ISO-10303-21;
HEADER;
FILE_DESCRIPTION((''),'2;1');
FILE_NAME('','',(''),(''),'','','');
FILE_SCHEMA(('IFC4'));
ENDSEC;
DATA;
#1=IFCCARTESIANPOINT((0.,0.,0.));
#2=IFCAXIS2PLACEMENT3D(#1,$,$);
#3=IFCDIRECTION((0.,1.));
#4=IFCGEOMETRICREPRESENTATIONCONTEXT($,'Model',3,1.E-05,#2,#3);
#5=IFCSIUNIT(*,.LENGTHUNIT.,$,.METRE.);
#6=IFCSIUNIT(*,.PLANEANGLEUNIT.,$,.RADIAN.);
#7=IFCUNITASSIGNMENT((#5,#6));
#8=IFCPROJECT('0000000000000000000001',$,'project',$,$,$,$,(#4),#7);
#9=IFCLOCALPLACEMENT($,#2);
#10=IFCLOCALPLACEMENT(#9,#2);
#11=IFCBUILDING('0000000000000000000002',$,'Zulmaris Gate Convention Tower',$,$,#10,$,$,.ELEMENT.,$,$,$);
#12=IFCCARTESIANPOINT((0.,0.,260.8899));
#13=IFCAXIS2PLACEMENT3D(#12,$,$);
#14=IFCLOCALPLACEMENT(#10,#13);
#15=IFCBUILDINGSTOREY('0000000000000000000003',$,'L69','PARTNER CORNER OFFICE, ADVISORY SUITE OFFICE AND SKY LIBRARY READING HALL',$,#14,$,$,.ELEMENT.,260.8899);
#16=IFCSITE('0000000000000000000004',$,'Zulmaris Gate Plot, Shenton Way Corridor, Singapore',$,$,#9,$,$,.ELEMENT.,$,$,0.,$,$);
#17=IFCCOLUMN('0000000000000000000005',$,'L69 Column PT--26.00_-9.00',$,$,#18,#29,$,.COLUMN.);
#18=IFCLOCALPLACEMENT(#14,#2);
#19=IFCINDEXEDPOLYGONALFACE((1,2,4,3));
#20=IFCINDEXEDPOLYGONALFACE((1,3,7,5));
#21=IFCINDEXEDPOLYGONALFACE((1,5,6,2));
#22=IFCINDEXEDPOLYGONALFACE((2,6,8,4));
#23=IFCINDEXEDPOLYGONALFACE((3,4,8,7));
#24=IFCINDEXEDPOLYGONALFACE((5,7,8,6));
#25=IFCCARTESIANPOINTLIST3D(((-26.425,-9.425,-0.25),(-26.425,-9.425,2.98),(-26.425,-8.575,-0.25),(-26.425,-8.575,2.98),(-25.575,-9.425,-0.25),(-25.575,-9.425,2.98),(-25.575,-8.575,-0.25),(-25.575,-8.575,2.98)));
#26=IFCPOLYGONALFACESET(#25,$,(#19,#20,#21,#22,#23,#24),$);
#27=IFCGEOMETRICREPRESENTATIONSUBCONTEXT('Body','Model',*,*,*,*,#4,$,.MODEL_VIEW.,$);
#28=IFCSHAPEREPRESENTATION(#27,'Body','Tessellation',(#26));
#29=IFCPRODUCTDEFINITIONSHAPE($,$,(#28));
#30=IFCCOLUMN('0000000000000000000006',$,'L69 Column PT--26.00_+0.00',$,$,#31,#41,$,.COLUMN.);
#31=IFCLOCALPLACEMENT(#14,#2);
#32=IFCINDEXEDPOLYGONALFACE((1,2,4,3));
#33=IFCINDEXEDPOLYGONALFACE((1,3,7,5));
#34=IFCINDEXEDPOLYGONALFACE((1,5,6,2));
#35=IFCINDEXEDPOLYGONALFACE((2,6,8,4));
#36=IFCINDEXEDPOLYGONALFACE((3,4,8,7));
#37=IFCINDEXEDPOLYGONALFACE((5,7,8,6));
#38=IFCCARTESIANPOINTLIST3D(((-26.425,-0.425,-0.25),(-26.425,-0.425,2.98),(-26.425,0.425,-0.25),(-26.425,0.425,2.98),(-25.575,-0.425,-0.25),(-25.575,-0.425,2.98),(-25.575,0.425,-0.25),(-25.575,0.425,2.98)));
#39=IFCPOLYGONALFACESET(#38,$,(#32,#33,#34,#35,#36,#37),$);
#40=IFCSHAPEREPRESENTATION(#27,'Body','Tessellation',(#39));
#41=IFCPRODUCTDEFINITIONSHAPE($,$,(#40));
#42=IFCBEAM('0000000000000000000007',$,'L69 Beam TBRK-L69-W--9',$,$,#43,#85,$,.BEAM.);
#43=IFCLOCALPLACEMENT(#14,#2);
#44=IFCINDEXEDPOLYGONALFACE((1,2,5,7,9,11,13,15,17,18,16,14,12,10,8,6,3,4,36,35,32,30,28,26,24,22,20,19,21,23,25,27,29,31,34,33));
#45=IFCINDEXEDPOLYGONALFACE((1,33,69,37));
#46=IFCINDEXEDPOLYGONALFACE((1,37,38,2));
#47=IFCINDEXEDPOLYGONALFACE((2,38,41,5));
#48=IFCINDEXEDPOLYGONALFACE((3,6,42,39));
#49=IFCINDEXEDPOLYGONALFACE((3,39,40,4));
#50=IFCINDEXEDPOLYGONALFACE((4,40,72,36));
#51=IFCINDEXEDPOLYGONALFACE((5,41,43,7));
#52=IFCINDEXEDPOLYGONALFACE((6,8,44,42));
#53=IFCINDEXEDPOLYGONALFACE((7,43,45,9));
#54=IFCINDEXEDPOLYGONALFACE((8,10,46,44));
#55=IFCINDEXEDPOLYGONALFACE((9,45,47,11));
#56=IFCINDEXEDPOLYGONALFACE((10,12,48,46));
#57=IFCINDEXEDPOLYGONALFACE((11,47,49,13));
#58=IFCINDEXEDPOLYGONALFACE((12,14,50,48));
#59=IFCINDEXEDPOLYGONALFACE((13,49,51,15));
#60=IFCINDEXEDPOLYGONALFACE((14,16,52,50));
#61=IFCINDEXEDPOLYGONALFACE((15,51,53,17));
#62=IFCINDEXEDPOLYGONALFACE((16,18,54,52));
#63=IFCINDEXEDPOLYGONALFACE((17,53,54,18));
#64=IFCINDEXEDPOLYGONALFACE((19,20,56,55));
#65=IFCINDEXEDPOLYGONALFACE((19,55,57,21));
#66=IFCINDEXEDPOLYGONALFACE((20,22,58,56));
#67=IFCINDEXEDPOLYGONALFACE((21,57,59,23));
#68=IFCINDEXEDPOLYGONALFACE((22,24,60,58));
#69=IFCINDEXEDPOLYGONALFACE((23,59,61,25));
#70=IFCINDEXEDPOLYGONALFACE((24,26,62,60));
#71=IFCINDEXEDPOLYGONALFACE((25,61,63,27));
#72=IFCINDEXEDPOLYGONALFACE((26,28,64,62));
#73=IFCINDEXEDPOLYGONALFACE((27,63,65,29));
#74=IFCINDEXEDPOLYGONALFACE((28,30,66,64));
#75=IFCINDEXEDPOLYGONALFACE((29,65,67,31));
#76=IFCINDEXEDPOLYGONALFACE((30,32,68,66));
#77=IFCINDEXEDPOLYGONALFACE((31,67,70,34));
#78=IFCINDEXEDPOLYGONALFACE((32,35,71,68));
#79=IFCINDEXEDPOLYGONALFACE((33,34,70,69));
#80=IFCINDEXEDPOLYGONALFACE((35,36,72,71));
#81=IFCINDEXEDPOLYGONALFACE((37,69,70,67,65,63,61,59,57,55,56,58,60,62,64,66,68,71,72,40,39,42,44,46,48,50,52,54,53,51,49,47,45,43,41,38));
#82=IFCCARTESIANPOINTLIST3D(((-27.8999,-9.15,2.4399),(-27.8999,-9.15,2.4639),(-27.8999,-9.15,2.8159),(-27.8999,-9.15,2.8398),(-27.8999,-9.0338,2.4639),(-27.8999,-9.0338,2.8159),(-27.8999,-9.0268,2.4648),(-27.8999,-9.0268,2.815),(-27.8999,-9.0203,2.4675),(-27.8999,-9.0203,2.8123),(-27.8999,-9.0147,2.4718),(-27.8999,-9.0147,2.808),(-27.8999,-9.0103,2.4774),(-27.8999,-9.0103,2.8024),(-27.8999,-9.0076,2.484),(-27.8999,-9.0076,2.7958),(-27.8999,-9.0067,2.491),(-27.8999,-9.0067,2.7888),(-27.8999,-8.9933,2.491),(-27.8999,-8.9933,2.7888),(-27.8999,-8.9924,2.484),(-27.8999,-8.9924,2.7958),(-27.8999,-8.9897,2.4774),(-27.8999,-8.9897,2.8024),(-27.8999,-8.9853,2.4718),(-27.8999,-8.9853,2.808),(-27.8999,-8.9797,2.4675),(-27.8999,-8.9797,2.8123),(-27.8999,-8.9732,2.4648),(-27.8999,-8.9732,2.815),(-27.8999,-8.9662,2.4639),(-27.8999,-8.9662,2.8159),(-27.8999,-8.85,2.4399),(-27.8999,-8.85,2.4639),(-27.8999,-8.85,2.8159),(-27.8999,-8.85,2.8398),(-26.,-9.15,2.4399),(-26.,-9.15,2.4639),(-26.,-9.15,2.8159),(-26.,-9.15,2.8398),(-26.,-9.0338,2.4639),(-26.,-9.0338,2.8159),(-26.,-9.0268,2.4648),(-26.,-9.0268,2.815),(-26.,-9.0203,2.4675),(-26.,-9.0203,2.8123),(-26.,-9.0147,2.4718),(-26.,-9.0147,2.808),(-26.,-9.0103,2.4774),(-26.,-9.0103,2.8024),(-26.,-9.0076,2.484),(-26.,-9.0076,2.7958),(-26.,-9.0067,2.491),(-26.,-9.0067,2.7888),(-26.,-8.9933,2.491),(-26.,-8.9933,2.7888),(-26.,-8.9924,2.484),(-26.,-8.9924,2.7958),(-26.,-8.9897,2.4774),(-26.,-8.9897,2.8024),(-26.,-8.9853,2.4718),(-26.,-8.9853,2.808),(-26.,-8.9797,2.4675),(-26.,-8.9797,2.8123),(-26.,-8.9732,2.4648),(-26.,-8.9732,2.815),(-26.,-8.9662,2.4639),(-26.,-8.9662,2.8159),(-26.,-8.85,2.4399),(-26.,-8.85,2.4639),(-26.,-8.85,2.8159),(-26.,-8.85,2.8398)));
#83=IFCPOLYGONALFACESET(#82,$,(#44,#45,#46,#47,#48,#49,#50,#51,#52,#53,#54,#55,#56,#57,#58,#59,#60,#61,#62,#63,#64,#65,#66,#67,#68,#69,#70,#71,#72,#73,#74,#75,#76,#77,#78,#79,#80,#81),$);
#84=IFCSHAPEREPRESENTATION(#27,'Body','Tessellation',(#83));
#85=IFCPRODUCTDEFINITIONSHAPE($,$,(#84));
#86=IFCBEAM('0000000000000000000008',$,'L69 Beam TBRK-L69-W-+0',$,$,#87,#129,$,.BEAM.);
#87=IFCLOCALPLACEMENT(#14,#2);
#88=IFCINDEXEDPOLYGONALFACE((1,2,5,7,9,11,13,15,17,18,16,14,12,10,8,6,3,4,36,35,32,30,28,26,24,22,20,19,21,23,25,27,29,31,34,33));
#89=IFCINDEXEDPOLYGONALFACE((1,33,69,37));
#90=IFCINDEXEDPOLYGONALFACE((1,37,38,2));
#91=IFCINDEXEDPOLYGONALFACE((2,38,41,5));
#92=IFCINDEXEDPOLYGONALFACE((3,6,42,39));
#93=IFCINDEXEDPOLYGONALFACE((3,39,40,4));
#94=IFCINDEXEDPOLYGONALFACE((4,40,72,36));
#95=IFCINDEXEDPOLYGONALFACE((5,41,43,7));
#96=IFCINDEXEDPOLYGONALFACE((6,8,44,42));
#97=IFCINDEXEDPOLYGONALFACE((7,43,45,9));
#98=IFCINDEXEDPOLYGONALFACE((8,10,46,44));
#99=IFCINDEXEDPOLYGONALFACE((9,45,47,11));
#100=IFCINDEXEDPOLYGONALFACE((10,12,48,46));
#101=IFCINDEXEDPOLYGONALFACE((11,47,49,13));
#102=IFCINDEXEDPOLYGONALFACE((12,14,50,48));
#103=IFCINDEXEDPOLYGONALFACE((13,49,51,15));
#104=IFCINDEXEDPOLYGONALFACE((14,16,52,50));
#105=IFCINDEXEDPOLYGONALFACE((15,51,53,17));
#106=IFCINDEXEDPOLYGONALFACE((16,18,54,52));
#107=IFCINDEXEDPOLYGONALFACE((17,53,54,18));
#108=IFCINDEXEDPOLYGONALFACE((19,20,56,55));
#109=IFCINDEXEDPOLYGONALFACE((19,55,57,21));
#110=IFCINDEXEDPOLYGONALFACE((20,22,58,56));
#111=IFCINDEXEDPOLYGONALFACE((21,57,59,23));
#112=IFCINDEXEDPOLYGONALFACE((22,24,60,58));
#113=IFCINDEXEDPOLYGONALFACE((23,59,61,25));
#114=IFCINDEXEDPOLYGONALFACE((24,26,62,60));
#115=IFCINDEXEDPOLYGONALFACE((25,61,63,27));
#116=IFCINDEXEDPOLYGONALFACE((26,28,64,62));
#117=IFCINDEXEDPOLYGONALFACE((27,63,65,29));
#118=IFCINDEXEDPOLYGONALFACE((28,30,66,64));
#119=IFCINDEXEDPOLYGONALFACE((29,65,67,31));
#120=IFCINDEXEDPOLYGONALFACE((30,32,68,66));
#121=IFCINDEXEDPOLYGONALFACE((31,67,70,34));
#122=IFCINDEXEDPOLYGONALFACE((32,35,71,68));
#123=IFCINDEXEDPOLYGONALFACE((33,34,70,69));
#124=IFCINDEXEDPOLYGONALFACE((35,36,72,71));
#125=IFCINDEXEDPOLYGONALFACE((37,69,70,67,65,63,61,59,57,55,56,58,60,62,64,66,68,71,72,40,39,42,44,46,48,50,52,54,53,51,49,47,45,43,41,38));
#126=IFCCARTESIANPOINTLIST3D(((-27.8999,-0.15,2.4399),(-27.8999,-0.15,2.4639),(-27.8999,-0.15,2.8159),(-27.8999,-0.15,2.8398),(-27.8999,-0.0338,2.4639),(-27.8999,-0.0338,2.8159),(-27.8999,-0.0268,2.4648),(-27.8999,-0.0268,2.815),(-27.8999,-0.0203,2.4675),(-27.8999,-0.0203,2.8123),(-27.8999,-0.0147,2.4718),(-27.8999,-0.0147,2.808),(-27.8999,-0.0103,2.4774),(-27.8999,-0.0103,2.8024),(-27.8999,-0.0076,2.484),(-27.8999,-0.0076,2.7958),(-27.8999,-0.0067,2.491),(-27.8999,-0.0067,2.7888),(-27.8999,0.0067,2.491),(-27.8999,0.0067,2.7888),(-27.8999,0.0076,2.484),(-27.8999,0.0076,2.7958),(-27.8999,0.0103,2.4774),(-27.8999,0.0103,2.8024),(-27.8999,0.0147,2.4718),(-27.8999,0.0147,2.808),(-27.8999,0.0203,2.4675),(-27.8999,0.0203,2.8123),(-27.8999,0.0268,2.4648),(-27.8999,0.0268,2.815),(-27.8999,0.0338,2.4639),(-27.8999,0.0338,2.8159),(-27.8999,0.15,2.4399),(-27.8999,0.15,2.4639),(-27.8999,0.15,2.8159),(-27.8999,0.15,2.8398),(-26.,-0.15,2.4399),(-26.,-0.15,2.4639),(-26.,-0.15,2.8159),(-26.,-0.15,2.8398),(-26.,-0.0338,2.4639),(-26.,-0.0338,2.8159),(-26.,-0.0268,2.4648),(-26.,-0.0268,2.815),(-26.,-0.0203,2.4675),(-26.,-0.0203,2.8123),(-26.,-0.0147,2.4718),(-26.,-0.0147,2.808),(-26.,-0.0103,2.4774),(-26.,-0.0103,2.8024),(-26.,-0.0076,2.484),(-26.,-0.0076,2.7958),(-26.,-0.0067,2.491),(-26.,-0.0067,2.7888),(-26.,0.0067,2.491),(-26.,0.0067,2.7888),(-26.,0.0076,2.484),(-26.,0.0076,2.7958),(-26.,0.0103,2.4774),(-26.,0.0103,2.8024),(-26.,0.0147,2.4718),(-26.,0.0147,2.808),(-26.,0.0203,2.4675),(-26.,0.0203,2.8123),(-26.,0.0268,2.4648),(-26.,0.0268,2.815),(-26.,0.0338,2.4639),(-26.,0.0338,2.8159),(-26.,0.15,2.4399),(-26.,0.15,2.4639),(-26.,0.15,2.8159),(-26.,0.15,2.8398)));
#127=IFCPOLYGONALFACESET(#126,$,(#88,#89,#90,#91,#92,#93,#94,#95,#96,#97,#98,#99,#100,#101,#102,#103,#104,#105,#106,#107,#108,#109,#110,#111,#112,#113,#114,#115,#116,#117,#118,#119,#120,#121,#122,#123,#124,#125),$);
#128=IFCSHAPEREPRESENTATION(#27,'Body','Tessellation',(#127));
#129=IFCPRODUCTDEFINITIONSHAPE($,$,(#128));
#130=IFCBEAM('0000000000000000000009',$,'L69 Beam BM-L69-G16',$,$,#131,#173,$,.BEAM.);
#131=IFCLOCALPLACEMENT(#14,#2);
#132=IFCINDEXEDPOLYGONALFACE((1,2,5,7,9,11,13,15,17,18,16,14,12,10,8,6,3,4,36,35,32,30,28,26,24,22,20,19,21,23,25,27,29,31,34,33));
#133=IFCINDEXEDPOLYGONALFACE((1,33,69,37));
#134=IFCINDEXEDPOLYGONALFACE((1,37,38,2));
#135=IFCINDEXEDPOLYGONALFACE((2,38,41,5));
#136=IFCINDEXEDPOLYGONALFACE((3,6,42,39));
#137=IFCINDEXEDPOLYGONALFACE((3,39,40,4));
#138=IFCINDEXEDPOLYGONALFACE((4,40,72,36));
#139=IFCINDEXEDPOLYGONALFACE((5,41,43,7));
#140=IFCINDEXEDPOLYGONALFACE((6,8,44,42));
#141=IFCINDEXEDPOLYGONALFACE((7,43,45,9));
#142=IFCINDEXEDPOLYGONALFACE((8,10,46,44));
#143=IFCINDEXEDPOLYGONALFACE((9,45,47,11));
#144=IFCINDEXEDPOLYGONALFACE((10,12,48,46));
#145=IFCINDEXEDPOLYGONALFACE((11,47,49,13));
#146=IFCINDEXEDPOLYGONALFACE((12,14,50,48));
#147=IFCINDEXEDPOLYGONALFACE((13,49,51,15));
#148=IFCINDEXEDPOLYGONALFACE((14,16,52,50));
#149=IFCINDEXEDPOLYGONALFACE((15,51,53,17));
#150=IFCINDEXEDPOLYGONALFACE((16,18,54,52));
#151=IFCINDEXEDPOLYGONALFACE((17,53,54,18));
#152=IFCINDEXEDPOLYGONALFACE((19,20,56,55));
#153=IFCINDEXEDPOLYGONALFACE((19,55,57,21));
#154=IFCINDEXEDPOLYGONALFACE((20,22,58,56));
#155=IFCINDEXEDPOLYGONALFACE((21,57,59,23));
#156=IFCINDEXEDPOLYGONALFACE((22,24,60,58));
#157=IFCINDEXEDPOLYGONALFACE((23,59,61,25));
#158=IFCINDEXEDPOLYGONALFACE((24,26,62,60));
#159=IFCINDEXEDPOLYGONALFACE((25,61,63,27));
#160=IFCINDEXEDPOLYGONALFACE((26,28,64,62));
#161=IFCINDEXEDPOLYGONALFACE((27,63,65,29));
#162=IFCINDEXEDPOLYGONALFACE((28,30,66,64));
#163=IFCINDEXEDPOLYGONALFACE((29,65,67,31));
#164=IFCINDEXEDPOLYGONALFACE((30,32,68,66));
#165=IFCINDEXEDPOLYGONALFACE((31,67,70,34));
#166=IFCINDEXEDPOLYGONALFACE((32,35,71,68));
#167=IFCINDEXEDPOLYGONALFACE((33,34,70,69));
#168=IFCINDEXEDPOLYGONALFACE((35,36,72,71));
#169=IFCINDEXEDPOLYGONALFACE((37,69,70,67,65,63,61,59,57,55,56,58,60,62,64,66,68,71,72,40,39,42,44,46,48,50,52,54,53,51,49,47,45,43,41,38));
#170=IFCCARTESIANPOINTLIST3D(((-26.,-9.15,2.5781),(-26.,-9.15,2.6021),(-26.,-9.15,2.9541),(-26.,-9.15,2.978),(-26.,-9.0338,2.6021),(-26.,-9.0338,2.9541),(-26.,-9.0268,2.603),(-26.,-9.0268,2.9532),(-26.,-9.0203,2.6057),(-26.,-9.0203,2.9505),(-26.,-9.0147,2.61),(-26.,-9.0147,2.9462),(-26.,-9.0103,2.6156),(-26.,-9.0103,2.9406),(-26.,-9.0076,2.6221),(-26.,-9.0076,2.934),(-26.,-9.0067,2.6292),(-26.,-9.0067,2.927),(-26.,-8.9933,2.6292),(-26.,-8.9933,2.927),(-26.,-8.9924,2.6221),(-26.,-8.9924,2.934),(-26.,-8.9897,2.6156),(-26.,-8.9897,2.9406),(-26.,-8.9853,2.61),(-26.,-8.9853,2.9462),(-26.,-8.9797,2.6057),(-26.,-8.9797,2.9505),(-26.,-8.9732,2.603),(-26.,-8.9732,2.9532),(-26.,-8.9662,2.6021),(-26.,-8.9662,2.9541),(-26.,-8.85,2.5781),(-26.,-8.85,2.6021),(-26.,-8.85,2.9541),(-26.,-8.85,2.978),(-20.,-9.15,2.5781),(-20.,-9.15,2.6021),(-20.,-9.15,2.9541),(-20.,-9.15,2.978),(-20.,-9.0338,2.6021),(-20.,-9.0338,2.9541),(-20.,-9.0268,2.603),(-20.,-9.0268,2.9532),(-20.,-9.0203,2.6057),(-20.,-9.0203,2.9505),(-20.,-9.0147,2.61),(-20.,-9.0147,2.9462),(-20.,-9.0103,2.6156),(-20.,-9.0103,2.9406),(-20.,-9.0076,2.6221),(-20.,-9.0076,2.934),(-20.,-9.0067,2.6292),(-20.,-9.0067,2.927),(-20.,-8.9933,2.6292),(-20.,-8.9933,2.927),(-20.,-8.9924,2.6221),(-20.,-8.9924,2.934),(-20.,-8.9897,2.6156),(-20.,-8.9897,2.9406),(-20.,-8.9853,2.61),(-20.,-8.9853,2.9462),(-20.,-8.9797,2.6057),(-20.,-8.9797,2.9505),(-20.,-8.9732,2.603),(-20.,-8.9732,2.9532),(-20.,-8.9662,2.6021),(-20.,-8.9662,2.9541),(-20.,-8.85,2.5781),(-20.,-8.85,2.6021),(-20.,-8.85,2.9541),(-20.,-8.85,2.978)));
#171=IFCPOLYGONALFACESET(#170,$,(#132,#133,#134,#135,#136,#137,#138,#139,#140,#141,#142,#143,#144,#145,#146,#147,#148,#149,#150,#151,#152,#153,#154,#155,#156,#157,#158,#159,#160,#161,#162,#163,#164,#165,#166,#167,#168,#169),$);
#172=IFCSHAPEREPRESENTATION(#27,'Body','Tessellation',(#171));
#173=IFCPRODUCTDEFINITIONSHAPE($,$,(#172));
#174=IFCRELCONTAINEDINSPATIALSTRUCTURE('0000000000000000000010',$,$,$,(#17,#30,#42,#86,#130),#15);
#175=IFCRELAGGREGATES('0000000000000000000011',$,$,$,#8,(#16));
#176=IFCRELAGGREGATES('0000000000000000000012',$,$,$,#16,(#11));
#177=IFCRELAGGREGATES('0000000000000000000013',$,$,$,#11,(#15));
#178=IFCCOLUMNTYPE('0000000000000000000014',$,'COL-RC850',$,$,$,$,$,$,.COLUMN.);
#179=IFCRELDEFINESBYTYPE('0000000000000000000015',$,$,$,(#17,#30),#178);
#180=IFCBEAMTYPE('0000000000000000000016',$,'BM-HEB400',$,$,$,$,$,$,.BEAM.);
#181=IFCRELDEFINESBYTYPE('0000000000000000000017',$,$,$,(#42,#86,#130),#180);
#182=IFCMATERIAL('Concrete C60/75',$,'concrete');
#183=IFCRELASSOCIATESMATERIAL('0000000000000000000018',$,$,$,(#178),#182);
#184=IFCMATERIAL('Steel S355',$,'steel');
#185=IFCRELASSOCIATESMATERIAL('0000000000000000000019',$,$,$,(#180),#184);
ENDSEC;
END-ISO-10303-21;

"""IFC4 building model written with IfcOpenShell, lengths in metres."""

from ifc_helpers import new_model, si_unit, direction, frame, origin, origin_2d, place, context, subcontext, project, spatial, rectangle, i_section, extrude, material, material_profile, profile_set, type_object, element, save


model = new_model("IFC4")

# Units and contexts
model_context = context("Model", 3, precision=1e-05, world=origin(), true_north=direction((0.0, 1.0)))
body_context = subcontext(model_context, "Body", "Model", "MODEL_VIEW")
ifc_project = project(units=[si_unit("LENGTHUNIT", "METRE"), si_unit("PLANEANGLEUNIT", "RADIAN")], contexts=[model_context])

# Site, building, storey
site_placement = place(None, origin())
site = spatial("IfcSite", under=ifc_project, at=site_placement, Name="Zulmaris Gate Plot, Shenton Way Corridor, Singapore", CompositionType="ELEMENT", RefElevation=0.0)
building_placement = place(site_placement, origin())
building = spatial("IfcBuilding", under=site, at=building_placement, Name="Zulmaris Gate Convention Tower", CompositionType="ELEMENT")
storey_placement = place(building_placement, frame((0.0, 0.0, 260.8899)))
storey = spatial("IfcBuildingStorey", under=building, at=storey_placement, Name="L69", Description="PARTNER CORNER OFFICE, ADVISORY SUITE OFFICE AND SKY LIBRARY READING HALL", CompositionType="ELEMENT", Elevation=260.8899)

# Columns
ifc_material_1 = material(Name="Concrete C60/75", Category="concrete")
ifc_material_profile_1 = material_profile(ifc_material_1, rectangle(XDim=0.8501, YDim=0.8501, at=origin_2d()), Name="RC COL 850x850")
ifc_profile_set_1 = profile_set([ifc_material_profile_1], Name="Concrete C60/75")
column_type = type_object("IfcColumnType", Name="COL-RC850", PredefinedType="COLUMN", material=ifc_profile_set_1)
for number, where, z_axis, x_axis, name in (
    (1, (-26.0, -9.0, -0.25), (0.0, 0.0, 1.0), (1.0, 0.0, 0.0), "L69 Column PT--26.00_-9.00"),
    (2, (-26.0, 0.0, -0.25), (0.0, 0.0, 1.0), (1.0, 0.0, 0.0), "L69 Column PT--26.00_+0.00"),
):
    element("IfcColumn", number, at=place(storey_placement, frame(where, z_axis=z_axis, x_axis=x_axis)), inside=storey, type_object=column_type, Name=name, PredefinedType="COLUMN", context=body_context, shape_type="SweptSolid", body=[
        extrude(rectangle(XDim=0.8501, YDim=0.8501, at=origin_2d()), origin(), (0.0, 0.0, 1.0), 3.23),
    ])

# Beams
ifc_material_2 = material(Name="Steel S355", Category="steel")
ifc_material_profile_2 = material_profile(ifc_material_2, i_section(OverallWidth=0.3, OverallDepth=0.3999, WebThickness=0.0134, FlangeThickness=0.0239, FilletRadius=0.0271, at=origin_2d()), Name="HEB 400")
ifc_profile_set_2 = profile_set([ifc_material_profile_2], Name="Steel S355")
beam_type_1 = type_object("IfcBeamType", Name="BM-HEB400", PredefinedType="BEAM", material=ifc_profile_set_2)
for number, where, z_axis, x_axis, name in (
    (3, (-27.8999, -9.0, 2.6399), (1.0, 0.0, 0.0), (0.0, 1.0, 0.0), "L69 Beam TBRK-L69-W--9"),
    (4, (-27.8999, 0.0, 2.6399), (1.0, 0.0, 0.0), (0.0, 1.0, 0.0), "L69 Beam TBRK-L69-W-+0"),
):
    element("IfcBeam", number, at=place(storey_placement, frame(where, z_axis=z_axis, x_axis=x_axis)), inside=storey, type_object=beam_type_1, Name=name, PredefinedType="BEAM", context=body_context, shape_type="SweptSolid", body=[
        extrude(i_section(OverallWidth=0.3, OverallDepth=0.3999, WebThickness=0.0134, FlangeThickness=0.0239, FilletRadius=0.0271, at=origin_2d()), origin(), (0.0, 0.0, 1.0), 1.8999),
    ])
beam_1_placement = place(storey_placement, frame((-26.0, -9.0, 2.7781), z_axis=(1.0, 0.0, 0.0), x_axis=(0.0, 1.0, 0.0)))
element("IfcBeam", 5, at=beam_1_placement, inside=storey, type_object=beam_type_1, Name="L69 Beam BM-L69-G16", PredefinedType="BEAM", context=body_context, shape_type="SweptSolid", body=[
    extrude(i_section(OverallWidth=0.3, OverallDepth=0.3999, WebThickness=0.0134, FlangeThickness=0.0239, FilletRadius=0.0271, at=origin_2d()), origin(), (0.0, 0.0, 1.0), 6.0),
])

save(model, "model.ifc")
